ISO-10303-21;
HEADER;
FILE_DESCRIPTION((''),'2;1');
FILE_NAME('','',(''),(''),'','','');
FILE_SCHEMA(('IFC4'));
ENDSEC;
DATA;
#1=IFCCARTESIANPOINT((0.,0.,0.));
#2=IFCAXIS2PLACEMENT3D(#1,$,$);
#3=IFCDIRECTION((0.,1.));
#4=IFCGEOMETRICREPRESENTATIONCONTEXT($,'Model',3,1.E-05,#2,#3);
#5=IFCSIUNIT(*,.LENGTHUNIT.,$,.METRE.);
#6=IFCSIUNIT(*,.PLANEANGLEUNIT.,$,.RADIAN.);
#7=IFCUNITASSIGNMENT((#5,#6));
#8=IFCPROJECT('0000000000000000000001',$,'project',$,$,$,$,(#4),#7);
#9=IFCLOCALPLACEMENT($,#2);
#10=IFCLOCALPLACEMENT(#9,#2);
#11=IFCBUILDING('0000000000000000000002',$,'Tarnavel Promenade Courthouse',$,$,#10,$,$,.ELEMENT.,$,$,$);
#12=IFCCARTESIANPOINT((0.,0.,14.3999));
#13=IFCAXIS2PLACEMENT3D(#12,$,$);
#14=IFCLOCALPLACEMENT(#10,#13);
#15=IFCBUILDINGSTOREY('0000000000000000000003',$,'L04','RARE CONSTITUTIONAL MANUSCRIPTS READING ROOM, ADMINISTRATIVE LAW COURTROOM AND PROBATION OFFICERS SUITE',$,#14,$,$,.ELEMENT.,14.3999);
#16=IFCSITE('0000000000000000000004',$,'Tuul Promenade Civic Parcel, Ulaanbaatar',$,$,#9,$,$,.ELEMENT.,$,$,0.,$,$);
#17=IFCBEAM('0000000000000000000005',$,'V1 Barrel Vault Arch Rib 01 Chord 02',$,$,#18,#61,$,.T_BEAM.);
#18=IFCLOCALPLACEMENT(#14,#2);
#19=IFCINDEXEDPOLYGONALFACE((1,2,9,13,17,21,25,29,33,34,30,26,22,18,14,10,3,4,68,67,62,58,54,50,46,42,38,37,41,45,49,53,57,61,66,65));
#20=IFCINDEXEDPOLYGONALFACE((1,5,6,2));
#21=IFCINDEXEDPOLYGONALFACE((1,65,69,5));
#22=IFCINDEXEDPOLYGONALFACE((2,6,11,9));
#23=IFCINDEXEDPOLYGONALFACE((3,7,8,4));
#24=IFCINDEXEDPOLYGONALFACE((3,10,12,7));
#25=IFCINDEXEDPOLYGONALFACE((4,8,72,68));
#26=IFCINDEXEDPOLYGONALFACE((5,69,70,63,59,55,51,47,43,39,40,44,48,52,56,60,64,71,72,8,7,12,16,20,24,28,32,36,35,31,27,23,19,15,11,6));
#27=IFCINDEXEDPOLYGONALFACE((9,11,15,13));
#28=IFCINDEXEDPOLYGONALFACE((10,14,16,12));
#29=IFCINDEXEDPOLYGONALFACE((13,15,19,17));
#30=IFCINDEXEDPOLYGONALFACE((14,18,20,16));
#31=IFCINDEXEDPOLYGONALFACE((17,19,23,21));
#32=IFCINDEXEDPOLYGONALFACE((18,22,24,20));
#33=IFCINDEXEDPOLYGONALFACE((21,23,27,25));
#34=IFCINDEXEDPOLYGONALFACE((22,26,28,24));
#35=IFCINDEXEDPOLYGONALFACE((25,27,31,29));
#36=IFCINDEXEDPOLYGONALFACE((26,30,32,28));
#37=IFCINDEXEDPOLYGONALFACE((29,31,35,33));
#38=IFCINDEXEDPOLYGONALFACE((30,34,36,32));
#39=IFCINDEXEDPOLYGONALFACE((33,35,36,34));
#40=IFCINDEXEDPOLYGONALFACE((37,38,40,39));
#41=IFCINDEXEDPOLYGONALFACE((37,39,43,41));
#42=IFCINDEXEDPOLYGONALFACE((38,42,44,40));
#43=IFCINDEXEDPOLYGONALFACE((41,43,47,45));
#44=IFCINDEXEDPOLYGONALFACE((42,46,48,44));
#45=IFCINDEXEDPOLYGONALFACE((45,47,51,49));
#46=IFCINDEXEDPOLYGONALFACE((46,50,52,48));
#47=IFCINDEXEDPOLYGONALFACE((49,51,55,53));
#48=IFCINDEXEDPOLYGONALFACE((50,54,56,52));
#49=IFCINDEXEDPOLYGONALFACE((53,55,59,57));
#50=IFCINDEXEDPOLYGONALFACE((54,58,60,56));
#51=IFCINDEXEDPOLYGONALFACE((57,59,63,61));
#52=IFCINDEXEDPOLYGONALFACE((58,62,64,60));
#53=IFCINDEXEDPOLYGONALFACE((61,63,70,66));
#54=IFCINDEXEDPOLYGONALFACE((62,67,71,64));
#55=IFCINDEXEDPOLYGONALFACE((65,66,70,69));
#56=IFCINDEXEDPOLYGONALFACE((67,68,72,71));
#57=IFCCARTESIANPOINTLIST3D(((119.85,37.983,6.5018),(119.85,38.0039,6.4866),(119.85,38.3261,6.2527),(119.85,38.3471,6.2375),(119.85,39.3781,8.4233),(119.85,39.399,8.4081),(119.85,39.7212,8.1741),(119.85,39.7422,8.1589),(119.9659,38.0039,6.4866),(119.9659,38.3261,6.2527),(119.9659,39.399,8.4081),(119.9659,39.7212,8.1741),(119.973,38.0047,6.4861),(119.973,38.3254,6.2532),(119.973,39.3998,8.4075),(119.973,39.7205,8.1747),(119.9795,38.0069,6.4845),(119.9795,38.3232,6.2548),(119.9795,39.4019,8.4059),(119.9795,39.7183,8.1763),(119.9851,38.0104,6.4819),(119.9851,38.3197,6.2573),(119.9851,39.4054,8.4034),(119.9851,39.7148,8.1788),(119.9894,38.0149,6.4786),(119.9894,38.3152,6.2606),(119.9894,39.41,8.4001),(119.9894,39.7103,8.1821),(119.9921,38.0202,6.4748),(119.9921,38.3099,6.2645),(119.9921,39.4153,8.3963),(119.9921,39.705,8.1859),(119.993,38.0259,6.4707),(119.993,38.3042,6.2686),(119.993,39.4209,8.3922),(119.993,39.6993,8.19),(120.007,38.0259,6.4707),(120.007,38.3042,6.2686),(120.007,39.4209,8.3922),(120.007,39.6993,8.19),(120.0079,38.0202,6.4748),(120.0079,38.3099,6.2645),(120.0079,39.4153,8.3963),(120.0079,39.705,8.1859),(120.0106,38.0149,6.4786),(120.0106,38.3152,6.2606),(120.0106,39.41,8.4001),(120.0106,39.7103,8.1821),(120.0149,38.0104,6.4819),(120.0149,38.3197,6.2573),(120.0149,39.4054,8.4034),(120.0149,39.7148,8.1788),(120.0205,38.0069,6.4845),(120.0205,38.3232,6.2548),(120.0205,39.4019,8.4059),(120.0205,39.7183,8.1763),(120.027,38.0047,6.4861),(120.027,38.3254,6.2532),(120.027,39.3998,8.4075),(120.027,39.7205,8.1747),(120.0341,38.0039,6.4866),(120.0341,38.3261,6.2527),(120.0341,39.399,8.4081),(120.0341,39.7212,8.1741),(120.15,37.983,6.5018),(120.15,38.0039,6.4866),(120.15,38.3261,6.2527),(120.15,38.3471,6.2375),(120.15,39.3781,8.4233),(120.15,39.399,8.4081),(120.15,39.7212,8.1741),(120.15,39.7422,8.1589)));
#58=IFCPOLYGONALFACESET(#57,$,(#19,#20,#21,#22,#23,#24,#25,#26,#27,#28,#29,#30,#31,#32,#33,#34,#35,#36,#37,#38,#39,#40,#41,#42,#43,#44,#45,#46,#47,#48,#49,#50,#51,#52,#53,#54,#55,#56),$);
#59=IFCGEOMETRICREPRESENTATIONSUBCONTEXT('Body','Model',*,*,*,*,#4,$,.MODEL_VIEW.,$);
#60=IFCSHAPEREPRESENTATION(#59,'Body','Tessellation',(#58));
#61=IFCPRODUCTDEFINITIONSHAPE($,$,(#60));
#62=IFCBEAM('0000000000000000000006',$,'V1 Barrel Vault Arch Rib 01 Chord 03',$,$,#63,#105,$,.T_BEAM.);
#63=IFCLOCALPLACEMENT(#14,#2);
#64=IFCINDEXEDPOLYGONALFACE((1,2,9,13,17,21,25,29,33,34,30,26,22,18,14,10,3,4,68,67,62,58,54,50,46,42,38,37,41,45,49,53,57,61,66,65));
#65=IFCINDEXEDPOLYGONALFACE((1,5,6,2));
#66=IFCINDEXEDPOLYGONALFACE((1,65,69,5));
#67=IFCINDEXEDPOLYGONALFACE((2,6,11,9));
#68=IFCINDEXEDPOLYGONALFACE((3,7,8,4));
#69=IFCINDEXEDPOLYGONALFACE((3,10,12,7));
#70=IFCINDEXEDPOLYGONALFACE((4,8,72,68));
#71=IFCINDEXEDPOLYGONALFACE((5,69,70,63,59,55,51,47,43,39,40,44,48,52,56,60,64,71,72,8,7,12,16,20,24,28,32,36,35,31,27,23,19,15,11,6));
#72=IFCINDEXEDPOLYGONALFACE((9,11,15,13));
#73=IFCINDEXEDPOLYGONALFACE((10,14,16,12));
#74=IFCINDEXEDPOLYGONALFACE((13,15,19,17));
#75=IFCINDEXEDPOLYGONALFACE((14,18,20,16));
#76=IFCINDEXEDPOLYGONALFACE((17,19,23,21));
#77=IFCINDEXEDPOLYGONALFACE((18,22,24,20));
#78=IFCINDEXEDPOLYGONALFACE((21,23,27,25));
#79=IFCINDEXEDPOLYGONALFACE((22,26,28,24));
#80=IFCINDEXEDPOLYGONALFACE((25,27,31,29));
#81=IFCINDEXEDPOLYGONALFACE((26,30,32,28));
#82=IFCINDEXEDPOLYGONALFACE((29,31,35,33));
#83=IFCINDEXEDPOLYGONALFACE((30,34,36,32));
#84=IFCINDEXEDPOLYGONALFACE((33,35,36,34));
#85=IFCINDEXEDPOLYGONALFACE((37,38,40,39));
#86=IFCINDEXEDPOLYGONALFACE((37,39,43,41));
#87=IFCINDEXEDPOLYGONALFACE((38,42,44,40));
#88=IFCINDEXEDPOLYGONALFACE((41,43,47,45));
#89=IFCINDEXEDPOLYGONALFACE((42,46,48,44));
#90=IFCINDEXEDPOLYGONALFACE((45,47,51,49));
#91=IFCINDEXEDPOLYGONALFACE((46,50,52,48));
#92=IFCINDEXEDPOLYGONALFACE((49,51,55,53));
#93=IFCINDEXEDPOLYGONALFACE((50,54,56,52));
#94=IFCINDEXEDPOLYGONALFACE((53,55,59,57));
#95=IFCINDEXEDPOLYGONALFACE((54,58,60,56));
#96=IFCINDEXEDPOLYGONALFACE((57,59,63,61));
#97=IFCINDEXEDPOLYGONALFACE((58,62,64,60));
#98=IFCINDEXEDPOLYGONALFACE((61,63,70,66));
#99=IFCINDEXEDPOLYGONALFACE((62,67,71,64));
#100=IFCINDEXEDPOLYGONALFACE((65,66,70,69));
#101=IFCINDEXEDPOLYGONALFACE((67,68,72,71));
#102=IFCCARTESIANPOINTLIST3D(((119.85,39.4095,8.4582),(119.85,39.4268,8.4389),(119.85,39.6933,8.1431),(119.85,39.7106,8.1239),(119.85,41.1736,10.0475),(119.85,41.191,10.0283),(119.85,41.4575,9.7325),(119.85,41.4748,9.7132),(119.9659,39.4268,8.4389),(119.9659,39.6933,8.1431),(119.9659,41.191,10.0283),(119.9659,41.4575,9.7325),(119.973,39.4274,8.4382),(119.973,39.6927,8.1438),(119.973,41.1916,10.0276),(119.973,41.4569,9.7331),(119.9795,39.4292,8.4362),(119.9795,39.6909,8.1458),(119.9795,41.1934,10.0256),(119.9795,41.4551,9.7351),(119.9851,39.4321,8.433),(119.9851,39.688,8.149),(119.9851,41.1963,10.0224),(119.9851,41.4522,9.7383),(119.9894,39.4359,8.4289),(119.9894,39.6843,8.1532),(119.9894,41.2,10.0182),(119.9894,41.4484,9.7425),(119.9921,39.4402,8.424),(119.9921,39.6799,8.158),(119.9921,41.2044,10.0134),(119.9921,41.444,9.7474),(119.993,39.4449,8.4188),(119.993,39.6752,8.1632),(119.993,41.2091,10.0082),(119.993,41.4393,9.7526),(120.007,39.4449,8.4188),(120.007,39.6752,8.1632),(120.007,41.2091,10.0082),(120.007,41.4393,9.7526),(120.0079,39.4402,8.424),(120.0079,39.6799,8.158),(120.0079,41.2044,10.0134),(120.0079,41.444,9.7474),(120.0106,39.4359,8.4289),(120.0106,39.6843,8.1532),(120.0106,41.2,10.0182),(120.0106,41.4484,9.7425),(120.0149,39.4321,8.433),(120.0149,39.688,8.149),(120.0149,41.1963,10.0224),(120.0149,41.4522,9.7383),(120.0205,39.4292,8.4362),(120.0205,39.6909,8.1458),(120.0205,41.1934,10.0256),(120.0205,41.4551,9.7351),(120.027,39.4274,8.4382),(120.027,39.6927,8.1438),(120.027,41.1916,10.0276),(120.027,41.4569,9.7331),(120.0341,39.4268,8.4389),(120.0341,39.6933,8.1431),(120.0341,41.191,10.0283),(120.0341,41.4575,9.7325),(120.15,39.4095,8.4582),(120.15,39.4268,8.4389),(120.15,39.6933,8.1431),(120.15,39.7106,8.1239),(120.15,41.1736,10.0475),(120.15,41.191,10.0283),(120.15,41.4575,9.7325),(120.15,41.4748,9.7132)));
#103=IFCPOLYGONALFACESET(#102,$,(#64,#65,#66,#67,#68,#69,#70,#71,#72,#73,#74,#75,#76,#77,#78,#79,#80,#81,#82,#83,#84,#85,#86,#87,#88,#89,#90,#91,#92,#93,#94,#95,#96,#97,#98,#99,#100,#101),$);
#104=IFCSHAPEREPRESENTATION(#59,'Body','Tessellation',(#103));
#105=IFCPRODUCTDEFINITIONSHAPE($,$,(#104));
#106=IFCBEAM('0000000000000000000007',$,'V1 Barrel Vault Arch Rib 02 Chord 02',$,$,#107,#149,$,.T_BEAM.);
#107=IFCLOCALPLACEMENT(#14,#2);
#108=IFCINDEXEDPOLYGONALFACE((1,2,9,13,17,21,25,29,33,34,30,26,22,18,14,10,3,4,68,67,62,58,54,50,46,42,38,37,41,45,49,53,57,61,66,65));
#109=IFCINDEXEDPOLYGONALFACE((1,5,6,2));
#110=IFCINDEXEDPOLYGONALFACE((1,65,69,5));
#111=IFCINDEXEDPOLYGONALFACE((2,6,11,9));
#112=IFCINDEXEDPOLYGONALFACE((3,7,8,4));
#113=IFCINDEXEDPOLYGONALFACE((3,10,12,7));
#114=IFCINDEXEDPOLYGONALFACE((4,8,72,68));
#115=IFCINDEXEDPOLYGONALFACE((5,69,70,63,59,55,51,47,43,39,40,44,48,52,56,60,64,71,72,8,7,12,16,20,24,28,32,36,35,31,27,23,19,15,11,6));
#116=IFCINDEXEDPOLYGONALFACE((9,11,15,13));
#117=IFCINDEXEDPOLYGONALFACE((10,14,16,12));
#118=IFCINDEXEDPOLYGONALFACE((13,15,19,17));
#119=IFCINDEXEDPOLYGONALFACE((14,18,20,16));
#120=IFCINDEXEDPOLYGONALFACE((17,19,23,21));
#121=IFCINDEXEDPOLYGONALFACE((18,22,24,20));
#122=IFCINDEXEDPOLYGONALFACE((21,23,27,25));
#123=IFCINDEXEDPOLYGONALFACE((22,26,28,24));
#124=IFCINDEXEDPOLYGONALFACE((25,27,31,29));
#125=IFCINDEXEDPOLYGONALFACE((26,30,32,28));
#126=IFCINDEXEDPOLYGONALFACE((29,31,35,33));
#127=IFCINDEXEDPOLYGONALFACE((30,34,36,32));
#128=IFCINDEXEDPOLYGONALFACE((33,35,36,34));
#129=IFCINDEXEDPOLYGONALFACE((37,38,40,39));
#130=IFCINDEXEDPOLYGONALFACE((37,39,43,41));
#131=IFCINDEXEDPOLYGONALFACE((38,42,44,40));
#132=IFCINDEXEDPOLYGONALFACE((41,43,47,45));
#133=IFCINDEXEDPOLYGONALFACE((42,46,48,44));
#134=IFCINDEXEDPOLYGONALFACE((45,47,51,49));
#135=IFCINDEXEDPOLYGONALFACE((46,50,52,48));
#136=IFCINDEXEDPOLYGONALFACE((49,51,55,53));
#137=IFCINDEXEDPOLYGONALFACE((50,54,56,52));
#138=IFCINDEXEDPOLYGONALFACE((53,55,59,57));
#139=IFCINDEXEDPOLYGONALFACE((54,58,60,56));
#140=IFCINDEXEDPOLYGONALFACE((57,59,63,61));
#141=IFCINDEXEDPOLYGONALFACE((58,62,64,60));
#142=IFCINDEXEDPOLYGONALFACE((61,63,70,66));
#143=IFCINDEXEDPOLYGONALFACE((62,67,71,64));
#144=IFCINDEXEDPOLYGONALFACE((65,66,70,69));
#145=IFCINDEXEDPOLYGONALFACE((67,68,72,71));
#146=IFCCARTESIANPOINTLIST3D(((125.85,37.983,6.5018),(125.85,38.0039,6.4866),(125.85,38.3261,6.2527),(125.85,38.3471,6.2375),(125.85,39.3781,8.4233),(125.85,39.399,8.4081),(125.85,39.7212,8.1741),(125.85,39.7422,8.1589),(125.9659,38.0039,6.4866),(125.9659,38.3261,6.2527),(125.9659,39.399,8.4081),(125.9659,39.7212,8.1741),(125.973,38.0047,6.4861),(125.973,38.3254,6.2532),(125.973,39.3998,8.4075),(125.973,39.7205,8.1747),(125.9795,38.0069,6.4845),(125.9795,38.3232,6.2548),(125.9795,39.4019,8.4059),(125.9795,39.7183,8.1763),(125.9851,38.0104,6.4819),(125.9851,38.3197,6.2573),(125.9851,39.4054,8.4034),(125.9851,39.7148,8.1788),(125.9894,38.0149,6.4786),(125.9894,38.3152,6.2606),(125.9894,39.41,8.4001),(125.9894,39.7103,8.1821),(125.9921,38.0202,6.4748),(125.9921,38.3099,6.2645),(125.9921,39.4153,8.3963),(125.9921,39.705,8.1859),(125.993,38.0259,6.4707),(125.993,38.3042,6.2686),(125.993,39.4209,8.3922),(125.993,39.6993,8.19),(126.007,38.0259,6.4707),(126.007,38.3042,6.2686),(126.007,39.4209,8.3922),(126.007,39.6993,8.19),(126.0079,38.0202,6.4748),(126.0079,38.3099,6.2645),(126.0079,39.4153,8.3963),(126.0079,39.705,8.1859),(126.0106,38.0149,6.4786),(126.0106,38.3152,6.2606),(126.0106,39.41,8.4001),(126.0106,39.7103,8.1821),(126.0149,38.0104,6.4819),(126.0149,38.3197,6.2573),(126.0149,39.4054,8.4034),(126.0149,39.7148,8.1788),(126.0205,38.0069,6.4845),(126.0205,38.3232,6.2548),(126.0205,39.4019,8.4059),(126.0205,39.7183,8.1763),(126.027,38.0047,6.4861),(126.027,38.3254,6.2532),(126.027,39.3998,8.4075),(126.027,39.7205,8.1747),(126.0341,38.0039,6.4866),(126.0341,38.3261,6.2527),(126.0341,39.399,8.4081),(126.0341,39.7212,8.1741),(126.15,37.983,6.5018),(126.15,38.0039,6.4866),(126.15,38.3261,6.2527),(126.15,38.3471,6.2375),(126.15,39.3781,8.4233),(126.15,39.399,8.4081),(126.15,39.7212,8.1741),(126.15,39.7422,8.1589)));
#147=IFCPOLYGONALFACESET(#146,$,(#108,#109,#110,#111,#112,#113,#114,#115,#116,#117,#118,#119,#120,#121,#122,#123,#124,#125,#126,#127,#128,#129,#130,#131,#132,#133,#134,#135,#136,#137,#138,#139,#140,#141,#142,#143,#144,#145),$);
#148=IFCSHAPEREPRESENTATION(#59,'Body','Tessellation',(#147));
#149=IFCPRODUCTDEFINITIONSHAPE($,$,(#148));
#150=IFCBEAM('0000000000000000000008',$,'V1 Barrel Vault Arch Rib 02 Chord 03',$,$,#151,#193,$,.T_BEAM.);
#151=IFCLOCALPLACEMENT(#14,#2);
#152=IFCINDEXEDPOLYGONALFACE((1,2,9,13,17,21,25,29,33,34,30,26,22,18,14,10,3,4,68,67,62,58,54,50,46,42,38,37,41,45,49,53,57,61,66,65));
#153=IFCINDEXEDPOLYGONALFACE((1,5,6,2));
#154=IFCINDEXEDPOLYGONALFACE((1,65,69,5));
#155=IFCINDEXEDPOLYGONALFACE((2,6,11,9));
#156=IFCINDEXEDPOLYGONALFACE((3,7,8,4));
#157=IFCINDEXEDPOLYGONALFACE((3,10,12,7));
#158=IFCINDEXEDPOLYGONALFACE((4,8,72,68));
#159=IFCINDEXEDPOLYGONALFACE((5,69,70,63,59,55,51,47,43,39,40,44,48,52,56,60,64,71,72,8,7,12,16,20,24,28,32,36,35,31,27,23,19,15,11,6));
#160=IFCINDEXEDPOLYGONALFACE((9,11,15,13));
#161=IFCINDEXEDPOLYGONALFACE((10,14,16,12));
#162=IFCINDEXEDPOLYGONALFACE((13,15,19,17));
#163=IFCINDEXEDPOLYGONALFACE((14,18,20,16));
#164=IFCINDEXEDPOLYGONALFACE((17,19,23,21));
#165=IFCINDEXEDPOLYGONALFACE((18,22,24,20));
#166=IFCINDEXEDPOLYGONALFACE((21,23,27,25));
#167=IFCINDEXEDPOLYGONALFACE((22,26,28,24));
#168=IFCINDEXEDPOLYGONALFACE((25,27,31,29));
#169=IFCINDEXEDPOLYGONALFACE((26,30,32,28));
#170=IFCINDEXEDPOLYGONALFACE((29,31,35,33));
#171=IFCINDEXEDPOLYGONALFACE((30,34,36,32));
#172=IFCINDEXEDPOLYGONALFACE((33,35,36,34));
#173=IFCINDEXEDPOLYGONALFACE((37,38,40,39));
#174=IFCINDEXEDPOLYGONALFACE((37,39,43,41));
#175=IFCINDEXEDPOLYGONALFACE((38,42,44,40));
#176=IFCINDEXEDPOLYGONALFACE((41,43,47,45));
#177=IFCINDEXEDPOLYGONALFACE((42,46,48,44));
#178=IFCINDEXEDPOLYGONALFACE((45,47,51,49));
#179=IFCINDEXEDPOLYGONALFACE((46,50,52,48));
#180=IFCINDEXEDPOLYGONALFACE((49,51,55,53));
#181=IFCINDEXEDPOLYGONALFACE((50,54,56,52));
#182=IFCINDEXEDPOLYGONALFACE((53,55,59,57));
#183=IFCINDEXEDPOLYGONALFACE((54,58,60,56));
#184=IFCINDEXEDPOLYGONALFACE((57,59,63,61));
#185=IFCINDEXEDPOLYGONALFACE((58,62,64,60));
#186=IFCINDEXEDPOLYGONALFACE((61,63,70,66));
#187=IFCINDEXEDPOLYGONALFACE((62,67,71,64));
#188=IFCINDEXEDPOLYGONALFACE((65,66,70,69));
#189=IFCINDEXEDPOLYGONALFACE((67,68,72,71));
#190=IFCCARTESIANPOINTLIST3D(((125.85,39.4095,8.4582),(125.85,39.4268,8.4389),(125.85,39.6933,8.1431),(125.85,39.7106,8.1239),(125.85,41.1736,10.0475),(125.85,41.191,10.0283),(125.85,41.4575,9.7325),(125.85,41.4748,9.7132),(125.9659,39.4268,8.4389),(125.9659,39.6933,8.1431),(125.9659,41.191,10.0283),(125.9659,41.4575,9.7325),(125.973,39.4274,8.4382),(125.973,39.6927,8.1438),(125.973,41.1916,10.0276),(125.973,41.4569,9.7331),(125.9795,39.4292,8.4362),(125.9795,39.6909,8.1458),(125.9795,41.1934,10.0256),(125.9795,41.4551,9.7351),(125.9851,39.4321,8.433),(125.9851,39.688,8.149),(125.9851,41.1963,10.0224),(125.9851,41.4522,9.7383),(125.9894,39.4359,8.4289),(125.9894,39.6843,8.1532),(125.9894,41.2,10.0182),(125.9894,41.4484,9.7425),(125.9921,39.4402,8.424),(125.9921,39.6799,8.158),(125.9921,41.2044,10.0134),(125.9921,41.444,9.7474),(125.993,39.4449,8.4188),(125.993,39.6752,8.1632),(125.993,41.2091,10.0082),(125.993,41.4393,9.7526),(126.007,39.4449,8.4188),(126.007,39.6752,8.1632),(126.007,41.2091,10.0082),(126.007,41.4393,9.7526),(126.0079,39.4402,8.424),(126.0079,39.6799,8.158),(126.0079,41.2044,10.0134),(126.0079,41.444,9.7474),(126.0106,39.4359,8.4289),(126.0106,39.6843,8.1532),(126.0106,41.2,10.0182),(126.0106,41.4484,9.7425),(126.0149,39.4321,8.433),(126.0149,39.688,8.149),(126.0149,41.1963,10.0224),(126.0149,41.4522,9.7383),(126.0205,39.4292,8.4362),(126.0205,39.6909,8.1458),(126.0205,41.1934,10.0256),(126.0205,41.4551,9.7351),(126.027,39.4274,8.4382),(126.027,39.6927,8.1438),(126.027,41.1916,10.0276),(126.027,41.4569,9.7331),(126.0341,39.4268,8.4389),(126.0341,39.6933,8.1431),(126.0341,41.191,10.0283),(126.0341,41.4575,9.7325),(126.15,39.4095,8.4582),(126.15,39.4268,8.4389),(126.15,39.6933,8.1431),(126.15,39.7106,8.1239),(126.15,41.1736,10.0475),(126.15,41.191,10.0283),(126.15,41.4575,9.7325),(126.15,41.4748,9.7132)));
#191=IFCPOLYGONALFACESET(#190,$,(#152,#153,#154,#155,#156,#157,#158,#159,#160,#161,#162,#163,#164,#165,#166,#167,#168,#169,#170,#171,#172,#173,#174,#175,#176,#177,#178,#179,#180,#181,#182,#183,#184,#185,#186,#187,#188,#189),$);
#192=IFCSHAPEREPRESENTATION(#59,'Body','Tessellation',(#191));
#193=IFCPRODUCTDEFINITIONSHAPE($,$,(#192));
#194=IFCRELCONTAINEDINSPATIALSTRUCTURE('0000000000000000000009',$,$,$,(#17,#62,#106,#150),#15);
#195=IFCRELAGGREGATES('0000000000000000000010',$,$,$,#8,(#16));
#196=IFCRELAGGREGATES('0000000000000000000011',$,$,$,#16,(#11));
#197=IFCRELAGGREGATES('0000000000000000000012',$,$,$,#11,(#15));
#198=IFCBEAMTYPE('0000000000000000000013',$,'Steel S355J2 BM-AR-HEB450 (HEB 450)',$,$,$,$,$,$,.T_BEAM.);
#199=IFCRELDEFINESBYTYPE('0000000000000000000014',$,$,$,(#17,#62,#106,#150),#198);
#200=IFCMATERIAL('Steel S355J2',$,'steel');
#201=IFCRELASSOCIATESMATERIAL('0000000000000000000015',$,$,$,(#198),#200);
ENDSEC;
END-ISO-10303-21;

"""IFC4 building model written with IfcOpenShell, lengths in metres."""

from ifc_helpers import new_model, si_unit, direction, frame, origin, origin_2d, place, context, subcontext, project, spatial, i_section, extrude, material, material_profile, profile_set, type_object, element, save


model = new_model("IFC4")

# Units and contexts
model_context = context("Model", 3, precision=1e-05, world=origin(), true_north=direction((0.0, 1.0)))
body_context = subcontext(model_context, "Body", "Model", "MODEL_VIEW")
ifc_project = project(units=[si_unit("LENGTHUNIT", "METRE"), si_unit("PLANEANGLEUNIT", "RADIAN")], contexts=[model_context])

# Site, building, storey
site_placement = place(None, origin())
site = spatial("IfcSite", under=ifc_project, at=site_placement, Name="Tuul Promenade Civic Parcel, Ulaanbaatar", CompositionType="ELEMENT", RefElevation=0.0)
building_placement = place(site_placement, origin())
building = spatial("IfcBuilding", under=site, at=building_placement, Name="Tarnavel Promenade Courthouse", CompositionType="ELEMENT")
storey_placement = place(building_placement, frame((0.0, 0.0, 14.3999)))
storey = spatial("IfcBuildingStorey", under=building, at=storey_placement, Name="L04", Description="RARE CONSTITUTIONAL MANUSCRIPTS READING ROOM, ADMINISTRATIVE LAW COURTROOM AND PROBATION OFFICERS SUITE", CompositionType="ELEMENT", Elevation=14.3999)

# Beams
ifc_material_1 = material(Name="Steel S355J2", Category="steel")
ifc_material_profile_1 = material_profile(ifc_material_1, i_section(OverallWidth=0.3, OverallDepth=0.45, WebThickness=0.0139, FlangeThickness=0.0259, FilletRadius=0.0271, at=origin_2d()), Name="HEB 450")
ifc_profile_set_1 = profile_set([ifc_material_profile_1], Name="Steel S355J2")
beam_type = type_object("IfcBeamType", Name="Steel S355J2 BM-AR-HEB450 (HEB 450)", PredefinedType="T_BEAM", material=ifc_profile_set_1)
for number, where, z_axis, x_axis, name in (
    (1, (120.0, 38.165, 6.3696), (0.0, 0.587523, 0.809207), (-1.0, 0.0, 0.0), "V1 Barrel Vault Arch Rib 01 Chord 02"),
    (2, (120.0, 39.5601, 8.291), (0.0, 0.742957, 0.66934), (-1.0, 0.0, 0.0), "V1 Barrel Vault Arch Rib 01 Chord 03"),
    (3, (126.0, 38.165, 6.3696), (0.0, 0.587523, 0.809207), (-1.0, 0.0, 0.0), "V1 Barrel Vault Arch Rib 02 Chord 02"),
    (4, (126.0, 39.5601, 8.291), (0.0, 0.742957, 0.66934), (-1.0, 0.0, 0.0), "V1 Barrel Vault Arch Rib 02 Chord 03"),
):
    element("IfcBeam", number, at=place(storey_placement, frame(where, z_axis=z_axis, x_axis=x_axis)), inside=storey, type_object=beam_type, Name=name, PredefinedType="T_BEAM", context=body_context, shape_type="SweptSolid", body=[
        extrude(i_section(OverallWidth=0.3, OverallDepth=0.45, WebThickness=0.0139, FlangeThickness=0.0259, FilletRadius=0.0271, at=origin_2d()), origin(), (0.0, 0.0, 1.0), 2.3745),
    ])

save(model, "model.ifc")
